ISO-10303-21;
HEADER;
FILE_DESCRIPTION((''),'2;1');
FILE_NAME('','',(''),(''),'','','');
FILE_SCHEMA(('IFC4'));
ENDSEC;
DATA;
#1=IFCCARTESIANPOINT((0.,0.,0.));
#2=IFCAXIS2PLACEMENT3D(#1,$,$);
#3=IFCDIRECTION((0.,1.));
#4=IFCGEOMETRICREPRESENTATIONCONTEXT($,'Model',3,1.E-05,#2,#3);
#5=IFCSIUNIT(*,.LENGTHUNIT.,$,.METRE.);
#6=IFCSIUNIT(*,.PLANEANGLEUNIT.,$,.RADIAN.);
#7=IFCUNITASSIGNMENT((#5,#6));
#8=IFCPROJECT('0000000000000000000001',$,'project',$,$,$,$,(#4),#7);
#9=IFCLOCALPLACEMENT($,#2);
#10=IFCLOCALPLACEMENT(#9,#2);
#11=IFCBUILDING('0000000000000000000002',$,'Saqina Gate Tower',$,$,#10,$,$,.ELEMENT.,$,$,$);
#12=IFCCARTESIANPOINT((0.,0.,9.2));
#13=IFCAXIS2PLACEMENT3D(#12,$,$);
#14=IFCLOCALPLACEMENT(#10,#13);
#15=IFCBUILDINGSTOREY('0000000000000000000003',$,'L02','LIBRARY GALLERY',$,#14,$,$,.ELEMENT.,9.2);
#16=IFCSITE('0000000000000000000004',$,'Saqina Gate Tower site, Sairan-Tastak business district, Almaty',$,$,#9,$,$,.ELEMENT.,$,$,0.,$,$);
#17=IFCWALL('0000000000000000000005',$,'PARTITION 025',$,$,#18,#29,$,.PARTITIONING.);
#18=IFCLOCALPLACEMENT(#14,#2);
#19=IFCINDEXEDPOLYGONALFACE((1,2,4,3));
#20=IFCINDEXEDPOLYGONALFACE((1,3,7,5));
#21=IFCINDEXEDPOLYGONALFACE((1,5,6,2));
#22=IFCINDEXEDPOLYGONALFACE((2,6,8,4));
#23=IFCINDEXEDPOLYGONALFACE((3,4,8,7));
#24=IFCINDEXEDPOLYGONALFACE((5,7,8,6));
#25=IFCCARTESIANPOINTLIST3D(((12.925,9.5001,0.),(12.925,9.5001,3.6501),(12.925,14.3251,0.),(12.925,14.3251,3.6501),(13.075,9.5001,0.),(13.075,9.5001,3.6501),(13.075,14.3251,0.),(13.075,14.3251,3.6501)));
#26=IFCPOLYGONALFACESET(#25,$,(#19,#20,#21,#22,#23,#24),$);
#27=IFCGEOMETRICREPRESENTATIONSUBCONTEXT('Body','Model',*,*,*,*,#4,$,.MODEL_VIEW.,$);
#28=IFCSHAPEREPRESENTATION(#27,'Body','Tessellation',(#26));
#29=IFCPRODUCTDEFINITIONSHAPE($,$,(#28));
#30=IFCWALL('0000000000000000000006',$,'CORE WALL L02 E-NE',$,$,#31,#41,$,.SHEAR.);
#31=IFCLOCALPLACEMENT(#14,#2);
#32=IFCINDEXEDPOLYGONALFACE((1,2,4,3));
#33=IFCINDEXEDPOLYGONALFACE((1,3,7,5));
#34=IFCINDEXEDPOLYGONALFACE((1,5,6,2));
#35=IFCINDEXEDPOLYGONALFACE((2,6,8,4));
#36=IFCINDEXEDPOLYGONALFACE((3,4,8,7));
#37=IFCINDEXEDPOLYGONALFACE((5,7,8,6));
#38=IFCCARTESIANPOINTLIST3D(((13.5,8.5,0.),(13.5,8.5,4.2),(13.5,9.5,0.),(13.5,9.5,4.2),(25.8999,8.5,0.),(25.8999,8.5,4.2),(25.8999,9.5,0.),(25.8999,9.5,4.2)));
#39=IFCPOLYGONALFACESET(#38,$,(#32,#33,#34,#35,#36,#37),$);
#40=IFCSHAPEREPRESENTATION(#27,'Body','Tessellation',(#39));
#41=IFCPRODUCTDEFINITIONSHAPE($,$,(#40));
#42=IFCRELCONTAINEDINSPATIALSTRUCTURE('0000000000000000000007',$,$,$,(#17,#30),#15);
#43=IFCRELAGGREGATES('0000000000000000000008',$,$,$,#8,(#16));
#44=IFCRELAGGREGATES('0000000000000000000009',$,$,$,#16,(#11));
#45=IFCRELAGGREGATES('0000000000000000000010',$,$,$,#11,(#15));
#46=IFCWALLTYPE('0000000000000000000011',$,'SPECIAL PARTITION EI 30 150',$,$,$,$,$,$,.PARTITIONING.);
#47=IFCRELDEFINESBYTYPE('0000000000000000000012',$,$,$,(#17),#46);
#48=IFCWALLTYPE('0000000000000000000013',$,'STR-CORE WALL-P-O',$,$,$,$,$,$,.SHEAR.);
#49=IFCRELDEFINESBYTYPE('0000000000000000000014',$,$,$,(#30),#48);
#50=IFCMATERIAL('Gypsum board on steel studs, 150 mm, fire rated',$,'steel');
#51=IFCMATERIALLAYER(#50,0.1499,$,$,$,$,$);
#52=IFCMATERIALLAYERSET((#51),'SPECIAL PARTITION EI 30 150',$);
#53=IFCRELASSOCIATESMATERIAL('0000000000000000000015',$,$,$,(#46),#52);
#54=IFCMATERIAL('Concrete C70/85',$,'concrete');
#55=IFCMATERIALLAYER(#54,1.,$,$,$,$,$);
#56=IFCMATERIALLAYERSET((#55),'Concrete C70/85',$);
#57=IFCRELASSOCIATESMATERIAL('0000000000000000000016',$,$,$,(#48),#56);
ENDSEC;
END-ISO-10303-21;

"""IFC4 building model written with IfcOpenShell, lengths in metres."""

from ifc_helpers import new_model, si_unit, direction, frame, frame_2d, origin, place, context, subcontext, project, spatial, rectangle, extrude, material, layer, layer_set, type_object, element, save


model = new_model("IFC4")

# Units and contexts
model_context = context("Model", 3, precision=1e-05, world=origin(), true_north=direction((0.0, 1.0)))
body_context = subcontext(model_context, "Body", "Model", "MODEL_VIEW")
ifc_project = project(units=[si_unit("LENGTHUNIT", "METRE"), si_unit("PLANEANGLEUNIT", "RADIAN")], contexts=[model_context])

# Site, building, storey
site_placement = place(None, origin())
site = spatial("IfcSite", under=ifc_project, at=site_placement, Name="Saqina Gate Tower site, Sairan-Tastak business district, Almaty", CompositionType="ELEMENT", RefElevation=0.0)
building_placement = place(site_placement, origin())
building = spatial("IfcBuilding", under=site, at=building_placement, Name="Saqina Gate Tower", CompositionType="ELEMENT")
storey_placement = place(building_placement, frame((0.0, 0.0, 9.2)))
storey = spatial("IfcBuildingStorey", under=building, at=storey_placement, Name="L02", Description="LIBRARY GALLERY", CompositionType="ELEMENT", Elevation=9.2)

# Shared definitions
ifc_material_1 = material(Name="Gypsum board on steel studs, 150 mm, fire rated", Category="steel")
ifc_layer_1 = layer(ifc_material_1, 0.1499)
ifc_layer_set_1 = layer_set([ifc_layer_1], Name="SPECIAL PARTITION EI 30 150")
wall_type_1 = type_object("IfcWallType", Name="SPECIAL PARTITION EI 30 150", PredefinedType="PARTITIONING", material=ifc_layer_set_1)

# Walls
wall_1_placement = place(storey_placement, frame((13.0, 9.5, 0.0), z_axis=(0.0, 0.0, 1.0), x_axis=(0.0, 1.0, 0.0)))
element("IfcWall", 1, at=wall_1_placement, inside=storey, type_object=wall_type_1, Name="PARTITION 025", PredefinedType="PARTITIONING", context=body_context, shape_type="SweptSolid", body=[
    extrude(rectangle(XDim=4.825, YDim=0.1499, at=frame_2d((2.4126, 0.0))), origin(), (0.0, 0.0, 1.0), 3.6501),
])
ifc_material_2 = material(Name="Concrete C70/85", Category="concrete")
ifc_layer_2 = layer(ifc_material_2, 1.0)
ifc_layer_set_2 = layer_set([ifc_layer_2], Name="Concrete C70/85")
wall_type_2 = type_object("IfcWallType", Name="STR-CORE WALL-P-O", PredefinedType="SHEAR", material=ifc_layer_set_2)
wall_2_placement = place(storey_placement, frame((13.5, 9.0, 0.0), z_axis=(0.0, 0.0, 1.0), x_axis=(1.0, 0.0, 0.0)))
element("IfcWall", 2, at=wall_2_placement, inside=storey, type_object=wall_type_2, Name="CORE WALL L02 E-NE", PredefinedType="SHEAR", context=body_context, shape_type="SweptSolid", body=[
    extrude(rectangle(XDim=12.3999, YDim=1.0, at=frame_2d((6.2, 0.0))), origin(), (0.0, 0.0, 1.0), 4.2),
])

save(model, "model.ifc")
